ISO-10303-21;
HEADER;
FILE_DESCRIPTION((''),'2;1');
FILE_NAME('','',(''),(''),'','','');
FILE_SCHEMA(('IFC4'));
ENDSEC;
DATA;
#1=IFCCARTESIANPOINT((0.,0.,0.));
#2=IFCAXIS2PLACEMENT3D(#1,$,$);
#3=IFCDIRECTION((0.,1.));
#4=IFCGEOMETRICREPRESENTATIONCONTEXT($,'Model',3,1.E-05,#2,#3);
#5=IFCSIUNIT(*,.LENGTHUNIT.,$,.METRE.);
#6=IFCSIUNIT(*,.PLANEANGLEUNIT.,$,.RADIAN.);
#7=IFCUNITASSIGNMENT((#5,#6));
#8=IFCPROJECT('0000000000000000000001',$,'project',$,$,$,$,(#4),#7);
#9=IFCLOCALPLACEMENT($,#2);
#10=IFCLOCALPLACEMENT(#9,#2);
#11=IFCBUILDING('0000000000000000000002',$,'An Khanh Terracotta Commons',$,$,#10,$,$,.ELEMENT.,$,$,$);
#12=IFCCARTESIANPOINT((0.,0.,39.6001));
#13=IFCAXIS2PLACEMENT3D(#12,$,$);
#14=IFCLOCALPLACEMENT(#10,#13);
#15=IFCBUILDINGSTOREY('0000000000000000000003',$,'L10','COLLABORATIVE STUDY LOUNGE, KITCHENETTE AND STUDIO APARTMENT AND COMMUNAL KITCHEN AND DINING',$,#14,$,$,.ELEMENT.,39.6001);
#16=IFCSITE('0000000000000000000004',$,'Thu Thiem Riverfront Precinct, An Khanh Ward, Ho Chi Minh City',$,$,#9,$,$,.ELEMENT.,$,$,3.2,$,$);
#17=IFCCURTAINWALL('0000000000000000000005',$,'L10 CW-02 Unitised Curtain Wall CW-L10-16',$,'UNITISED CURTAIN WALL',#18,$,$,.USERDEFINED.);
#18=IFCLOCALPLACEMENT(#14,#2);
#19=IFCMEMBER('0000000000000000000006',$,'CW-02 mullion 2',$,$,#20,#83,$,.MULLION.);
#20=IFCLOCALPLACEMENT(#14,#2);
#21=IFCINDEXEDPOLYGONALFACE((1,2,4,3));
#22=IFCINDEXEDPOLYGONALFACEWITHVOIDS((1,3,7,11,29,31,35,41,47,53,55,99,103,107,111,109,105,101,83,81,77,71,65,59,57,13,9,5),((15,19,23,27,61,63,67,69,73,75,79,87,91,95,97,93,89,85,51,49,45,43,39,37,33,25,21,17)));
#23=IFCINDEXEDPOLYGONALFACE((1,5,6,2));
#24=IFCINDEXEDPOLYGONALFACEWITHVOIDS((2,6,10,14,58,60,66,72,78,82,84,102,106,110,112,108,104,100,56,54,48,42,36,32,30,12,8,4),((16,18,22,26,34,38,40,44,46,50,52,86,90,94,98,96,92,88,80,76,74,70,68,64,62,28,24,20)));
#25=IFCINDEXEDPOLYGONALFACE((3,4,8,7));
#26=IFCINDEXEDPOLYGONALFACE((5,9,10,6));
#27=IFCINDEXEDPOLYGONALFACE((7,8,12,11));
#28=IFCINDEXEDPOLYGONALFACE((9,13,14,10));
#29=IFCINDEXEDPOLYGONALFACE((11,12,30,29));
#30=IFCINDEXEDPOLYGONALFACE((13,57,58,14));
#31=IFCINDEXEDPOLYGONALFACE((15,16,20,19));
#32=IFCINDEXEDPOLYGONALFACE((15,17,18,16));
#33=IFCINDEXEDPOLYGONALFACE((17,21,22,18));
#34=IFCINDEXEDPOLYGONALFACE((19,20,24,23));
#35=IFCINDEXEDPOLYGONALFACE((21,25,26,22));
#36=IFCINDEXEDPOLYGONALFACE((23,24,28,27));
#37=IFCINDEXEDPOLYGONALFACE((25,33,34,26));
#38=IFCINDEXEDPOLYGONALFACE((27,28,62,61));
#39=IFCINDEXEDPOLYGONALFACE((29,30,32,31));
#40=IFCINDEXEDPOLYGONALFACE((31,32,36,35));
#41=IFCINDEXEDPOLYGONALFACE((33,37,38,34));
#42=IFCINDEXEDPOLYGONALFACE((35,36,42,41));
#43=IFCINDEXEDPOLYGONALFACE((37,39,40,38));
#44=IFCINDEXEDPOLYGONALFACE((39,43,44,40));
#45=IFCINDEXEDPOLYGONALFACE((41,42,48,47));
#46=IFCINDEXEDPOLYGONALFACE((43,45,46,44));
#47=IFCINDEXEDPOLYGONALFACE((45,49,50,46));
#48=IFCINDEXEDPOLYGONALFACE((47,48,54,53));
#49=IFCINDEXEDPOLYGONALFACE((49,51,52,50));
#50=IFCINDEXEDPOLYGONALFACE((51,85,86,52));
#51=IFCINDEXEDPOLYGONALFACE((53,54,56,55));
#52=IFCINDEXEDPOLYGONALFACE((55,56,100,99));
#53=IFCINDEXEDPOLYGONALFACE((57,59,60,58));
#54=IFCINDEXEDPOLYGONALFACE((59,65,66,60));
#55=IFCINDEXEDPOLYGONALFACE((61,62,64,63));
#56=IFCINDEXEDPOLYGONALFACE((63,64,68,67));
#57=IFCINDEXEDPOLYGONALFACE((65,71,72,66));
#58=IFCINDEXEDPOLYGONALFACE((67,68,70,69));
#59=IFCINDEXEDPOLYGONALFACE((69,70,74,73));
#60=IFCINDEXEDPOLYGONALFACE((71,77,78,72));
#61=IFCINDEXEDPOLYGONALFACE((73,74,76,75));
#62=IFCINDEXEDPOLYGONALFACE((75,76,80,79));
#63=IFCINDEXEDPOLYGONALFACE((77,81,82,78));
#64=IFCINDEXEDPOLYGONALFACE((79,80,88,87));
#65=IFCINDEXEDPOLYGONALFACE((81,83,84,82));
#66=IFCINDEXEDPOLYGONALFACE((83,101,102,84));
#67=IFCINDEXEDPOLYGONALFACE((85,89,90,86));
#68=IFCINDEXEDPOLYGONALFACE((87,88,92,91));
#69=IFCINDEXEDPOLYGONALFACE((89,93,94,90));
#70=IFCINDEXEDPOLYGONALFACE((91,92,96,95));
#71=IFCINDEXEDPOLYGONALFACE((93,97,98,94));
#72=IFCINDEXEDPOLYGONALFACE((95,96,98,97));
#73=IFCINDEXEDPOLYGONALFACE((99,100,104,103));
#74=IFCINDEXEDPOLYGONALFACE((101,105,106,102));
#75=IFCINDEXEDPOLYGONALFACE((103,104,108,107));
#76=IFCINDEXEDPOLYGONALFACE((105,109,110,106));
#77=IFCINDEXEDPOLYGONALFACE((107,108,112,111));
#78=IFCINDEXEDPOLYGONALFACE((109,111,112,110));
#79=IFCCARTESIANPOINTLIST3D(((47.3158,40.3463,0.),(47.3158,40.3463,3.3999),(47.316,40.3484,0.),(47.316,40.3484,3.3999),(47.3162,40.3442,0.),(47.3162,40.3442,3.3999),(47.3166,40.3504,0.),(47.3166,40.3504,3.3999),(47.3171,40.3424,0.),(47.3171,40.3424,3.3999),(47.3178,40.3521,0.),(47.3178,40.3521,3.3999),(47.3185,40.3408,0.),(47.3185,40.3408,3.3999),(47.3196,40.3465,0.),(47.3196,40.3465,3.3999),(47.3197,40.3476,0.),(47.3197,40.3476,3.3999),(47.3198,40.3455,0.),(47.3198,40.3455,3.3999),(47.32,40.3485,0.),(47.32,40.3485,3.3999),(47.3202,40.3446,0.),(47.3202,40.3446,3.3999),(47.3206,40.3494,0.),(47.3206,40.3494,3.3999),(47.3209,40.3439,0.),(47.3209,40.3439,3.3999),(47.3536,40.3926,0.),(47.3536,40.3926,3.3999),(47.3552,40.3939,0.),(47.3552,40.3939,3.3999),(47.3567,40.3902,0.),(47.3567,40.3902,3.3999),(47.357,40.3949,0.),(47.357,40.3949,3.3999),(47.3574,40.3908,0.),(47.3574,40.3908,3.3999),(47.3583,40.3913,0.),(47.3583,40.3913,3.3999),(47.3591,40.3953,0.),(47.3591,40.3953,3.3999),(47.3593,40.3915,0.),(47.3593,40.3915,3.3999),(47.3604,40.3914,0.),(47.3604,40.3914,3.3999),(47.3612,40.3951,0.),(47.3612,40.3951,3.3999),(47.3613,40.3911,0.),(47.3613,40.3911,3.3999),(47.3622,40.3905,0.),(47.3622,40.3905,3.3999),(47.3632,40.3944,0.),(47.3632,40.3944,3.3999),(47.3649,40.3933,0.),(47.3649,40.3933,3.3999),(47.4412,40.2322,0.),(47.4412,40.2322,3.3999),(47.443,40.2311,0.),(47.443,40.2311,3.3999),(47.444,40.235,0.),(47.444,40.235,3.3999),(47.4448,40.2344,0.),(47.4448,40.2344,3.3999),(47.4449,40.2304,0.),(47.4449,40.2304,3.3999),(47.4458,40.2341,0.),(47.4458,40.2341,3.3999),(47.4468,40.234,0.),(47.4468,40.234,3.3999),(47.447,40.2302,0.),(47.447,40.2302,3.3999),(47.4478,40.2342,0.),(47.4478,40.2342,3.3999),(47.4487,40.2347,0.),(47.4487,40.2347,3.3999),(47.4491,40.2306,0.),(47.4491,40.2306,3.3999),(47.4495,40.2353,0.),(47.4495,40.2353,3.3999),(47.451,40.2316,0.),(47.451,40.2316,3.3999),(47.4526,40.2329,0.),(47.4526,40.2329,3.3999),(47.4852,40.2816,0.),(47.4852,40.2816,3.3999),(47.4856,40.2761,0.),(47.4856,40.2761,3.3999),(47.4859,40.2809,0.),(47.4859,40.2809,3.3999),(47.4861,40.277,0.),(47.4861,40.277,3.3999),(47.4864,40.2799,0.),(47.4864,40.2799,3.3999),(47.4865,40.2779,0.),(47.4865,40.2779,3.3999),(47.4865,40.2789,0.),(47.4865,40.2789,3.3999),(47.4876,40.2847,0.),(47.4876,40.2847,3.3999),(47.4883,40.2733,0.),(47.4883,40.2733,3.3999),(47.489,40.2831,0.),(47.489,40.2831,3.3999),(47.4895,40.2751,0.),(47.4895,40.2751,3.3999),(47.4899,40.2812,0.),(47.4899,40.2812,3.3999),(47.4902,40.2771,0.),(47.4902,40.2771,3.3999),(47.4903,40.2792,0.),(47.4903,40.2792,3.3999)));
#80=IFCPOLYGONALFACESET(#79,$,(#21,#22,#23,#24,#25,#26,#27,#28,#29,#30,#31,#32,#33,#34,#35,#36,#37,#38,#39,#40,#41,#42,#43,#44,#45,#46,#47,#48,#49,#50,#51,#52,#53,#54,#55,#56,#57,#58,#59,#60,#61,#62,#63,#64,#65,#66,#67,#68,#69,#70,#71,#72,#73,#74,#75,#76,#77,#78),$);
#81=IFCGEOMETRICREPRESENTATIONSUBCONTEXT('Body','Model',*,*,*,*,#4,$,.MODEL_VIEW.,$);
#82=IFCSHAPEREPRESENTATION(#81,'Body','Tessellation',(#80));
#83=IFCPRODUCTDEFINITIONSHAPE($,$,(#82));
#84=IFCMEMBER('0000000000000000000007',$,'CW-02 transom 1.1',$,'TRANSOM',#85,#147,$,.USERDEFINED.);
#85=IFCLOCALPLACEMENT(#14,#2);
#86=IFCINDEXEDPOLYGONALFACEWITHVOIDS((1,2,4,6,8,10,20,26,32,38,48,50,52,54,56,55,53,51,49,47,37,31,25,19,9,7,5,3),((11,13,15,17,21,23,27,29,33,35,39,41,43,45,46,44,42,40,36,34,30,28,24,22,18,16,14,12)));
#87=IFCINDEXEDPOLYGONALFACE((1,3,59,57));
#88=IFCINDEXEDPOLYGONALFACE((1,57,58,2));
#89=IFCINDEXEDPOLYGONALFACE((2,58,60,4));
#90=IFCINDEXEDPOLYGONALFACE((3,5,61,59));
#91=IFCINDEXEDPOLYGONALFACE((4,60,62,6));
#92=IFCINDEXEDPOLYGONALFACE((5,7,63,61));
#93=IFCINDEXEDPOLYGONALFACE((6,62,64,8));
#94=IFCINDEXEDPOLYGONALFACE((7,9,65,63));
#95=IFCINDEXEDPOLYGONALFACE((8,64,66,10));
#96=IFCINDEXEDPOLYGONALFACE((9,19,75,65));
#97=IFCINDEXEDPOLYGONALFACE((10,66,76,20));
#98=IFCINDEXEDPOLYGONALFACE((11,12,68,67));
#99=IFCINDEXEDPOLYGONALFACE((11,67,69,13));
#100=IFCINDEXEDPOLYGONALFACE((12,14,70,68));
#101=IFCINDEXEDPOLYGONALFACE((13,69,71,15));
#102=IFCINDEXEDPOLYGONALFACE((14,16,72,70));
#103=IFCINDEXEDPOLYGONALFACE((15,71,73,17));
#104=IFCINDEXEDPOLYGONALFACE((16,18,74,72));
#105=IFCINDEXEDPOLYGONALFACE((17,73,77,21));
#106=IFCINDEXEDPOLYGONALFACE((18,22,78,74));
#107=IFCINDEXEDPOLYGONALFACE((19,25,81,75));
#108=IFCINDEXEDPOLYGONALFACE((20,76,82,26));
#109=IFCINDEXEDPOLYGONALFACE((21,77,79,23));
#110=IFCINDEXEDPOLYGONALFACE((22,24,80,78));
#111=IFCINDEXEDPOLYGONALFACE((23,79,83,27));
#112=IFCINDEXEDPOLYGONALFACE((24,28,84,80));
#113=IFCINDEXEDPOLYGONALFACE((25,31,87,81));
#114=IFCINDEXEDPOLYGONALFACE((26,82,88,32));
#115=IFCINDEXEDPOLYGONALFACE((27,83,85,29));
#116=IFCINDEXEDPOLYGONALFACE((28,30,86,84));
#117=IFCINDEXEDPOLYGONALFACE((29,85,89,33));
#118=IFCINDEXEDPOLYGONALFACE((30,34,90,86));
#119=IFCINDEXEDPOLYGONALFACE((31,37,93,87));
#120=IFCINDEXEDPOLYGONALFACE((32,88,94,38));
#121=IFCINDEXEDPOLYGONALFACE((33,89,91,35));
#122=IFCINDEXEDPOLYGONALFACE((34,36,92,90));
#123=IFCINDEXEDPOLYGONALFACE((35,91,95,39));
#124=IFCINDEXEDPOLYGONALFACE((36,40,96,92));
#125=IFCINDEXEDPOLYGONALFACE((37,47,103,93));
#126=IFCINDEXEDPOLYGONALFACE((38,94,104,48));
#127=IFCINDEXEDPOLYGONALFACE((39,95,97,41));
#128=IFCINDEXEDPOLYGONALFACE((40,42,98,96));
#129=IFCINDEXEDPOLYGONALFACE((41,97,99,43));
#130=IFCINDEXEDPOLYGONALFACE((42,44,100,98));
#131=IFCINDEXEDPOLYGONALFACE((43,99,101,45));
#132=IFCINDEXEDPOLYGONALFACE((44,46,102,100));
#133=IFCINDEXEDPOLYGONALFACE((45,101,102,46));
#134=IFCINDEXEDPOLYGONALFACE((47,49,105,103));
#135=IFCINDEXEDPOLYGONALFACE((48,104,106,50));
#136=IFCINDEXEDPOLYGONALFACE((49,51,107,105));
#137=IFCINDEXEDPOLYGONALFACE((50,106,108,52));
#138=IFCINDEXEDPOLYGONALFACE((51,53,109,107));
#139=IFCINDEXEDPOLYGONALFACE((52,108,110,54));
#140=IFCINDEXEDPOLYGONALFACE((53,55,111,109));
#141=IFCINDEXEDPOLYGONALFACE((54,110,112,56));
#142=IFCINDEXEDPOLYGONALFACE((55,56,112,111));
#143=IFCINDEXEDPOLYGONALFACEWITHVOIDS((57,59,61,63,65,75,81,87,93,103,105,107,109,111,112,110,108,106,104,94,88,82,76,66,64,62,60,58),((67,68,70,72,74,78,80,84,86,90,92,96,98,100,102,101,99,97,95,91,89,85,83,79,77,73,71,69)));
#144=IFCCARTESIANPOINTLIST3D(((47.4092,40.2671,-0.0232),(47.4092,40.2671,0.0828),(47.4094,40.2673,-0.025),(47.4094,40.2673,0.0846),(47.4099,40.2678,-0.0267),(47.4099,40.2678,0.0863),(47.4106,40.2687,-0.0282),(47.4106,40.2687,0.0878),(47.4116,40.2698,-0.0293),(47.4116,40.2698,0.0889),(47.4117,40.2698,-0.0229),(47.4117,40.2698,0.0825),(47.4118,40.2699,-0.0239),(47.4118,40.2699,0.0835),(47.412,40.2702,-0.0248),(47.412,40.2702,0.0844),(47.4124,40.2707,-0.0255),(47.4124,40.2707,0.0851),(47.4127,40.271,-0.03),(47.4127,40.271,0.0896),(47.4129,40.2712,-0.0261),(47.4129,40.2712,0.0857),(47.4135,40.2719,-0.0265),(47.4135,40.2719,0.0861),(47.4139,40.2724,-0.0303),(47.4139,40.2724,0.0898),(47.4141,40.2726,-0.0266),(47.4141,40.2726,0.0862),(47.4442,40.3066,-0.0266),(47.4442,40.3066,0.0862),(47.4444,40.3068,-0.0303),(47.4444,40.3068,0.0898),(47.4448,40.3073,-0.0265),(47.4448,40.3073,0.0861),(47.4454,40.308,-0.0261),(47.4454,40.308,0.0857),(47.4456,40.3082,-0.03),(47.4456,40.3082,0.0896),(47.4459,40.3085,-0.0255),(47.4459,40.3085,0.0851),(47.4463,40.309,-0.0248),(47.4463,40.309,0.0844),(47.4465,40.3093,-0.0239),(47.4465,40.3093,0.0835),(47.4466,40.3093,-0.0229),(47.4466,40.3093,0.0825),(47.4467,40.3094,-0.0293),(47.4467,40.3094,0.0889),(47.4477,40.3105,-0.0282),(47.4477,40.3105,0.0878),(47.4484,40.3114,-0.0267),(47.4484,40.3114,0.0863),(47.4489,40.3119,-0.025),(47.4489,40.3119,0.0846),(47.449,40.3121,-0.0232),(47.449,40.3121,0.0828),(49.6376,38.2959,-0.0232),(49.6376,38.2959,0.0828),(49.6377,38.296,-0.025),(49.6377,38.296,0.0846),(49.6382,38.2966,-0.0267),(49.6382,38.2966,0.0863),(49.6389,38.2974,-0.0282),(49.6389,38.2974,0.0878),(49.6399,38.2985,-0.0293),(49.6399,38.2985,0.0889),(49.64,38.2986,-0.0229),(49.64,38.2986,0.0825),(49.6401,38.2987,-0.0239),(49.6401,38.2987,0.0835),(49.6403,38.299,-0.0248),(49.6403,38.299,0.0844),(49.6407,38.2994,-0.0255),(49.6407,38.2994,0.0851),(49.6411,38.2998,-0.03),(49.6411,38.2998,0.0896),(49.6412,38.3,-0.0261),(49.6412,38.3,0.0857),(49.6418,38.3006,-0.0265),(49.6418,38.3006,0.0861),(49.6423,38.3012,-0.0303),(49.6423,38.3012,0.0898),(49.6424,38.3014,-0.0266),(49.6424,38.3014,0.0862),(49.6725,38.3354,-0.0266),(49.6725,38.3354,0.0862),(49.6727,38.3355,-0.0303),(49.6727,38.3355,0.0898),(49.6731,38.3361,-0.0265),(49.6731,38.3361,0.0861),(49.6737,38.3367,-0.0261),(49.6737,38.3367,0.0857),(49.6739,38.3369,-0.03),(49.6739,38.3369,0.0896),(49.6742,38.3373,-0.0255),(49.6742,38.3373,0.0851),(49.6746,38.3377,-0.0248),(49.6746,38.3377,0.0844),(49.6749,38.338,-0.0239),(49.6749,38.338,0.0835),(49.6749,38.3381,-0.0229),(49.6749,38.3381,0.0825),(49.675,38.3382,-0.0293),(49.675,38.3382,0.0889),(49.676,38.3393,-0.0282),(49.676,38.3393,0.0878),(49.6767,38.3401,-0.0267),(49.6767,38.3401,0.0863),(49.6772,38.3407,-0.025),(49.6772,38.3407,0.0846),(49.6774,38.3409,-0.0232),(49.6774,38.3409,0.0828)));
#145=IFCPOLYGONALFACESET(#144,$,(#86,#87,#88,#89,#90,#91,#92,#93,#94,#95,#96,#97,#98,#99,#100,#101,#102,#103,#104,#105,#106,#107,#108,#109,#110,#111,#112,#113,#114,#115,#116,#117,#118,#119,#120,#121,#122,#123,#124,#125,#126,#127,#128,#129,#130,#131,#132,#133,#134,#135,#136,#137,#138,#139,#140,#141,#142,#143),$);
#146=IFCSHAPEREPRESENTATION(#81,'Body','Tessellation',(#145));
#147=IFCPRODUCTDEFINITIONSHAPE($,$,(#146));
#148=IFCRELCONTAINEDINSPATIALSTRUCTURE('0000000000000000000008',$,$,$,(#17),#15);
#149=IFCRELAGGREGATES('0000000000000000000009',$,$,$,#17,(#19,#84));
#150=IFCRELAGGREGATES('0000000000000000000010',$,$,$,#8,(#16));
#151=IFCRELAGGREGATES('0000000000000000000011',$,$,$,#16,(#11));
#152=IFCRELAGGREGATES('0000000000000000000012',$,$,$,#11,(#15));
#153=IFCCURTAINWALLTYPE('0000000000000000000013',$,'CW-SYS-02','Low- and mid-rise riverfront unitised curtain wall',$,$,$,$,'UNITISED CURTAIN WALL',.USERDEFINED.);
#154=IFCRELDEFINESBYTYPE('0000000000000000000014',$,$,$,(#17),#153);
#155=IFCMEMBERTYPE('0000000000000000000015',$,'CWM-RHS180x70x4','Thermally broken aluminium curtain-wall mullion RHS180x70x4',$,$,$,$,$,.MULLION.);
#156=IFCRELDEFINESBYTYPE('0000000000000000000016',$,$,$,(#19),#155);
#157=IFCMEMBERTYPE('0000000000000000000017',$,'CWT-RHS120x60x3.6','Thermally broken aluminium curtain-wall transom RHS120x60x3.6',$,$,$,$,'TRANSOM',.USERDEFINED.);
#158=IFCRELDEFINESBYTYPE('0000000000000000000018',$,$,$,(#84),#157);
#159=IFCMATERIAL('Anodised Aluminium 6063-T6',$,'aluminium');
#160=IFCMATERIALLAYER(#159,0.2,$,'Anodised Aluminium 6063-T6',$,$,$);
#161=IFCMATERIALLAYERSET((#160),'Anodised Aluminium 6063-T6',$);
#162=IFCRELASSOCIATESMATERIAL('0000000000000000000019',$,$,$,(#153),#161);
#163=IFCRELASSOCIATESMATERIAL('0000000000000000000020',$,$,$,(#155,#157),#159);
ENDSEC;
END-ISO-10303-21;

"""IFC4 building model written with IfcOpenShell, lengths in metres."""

from ifc_helpers import new_model, si_unit, direction, frame, origin, origin_2d, place, context, subcontext, project, spatial, hollow_rectangle, extrude, material, layer, layer_set, material_profile, profile_set, type_object, element, aggregate, save


model = new_model("IFC4")

# Units and contexts
model_context = context("Model", 3, precision=1e-05, world=origin(), true_north=direction((0.0, 1.0)))
body_context = subcontext(model_context, "Body", "Model", "MODEL_VIEW")
ifc_project = project(units=[si_unit("LENGTHUNIT", "METRE"), si_unit("PLANEANGLEUNIT", "RADIAN")], contexts=[model_context])

# Site, building, storey
site_placement = place(None, origin())
site = spatial("IfcSite", under=ifc_project, at=site_placement, Name="Thu Thiem Riverfront Precinct, An Khanh Ward, Ho Chi Minh City", CompositionType="ELEMENT", RefElevation=3.2)
building_placement = place(site_placement, origin())
building = spatial("IfcBuilding", under=site, at=building_placement, Name="An Khanh Terracotta Commons", CompositionType="ELEMENT")
storey_placement = place(building_placement, frame((0.0, 0.0, 39.6001)))
storey = spatial("IfcBuildingStorey", under=building, at=storey_placement, Name="L10", Description="COLLABORATIVE STUDY LOUNGE, KITCHENETTE AND STUDIO APARTMENT AND COMMUNAL KITCHEN AND DINING", CompositionType="ELEMENT", Elevation=39.6001)

# Shared definitions
ifc_material_1 = material(Name="Anodised Aluminium 6063-T6", Category="aluminium")
ifc_layer_1 = layer(ifc_material_1, 0.2, Name="Anodised Aluminium 6063-T6")
ifc_layer_set_1 = layer_set([ifc_layer_1], Name="Anodised Aluminium 6063-T6")
curtain_wall_type = type_object("IfcCurtainWallType", Name="CW-SYS-02", Description="Low- and mid-rise riverfront unitised curtain wall", ElementType="UNITISED CURTAIN WALL", PredefinedType="USERDEFINED", material=ifc_layer_set_1)
ifc_material_profile_1 = material_profile(ifc_material_1, hollow_rectangle(XDim=0.0701, YDim=0.1799, WallThickness=0.0039, InnerFilletRadius=0.0039, OuterFilletRadius=0.0081, at=origin_2d()), Name="RHS180x70x4")
ifc_profile_set_1 = profile_set([ifc_material_profile_1], Name="Anodised Aluminium 6063-T6")
member_type_1 = type_object("IfcMemberType", Name="CWM-RHS180x70x4", Description="Thermally broken aluminium curtain-wall mullion RHS180x70x4", PredefinedType="MULLION", material=ifc_profile_set_1)

# Curtain wall, members
curtain_wall_1_placement = place(storey_placement, origin())
curtain_wall_1 = element("IfcCurtainWall", 1, at=curtain_wall_1_placement, inside=storey, type_object=curtain_wall_type, Name="L10 CW-02 Unitised Curtain Wall CW-L10-16", ObjectType="UNITISED CURTAIN WALL", PredefinedType="USERDEFINED")
member_1_placement = place(storey_placement, frame((47.4031, 40.3127, 0.0), z_axis=(0.0, 0.0, 1.0), x_axis=(-0.662548, -0.749019, 0.0)))
member_1 = element("IfcMember", 2, at=member_1_placement, type_object=member_type_1, Name="CW-02 mullion 2", PredefinedType="MULLION", context=body_context, shape_type="SweptSolid", body=[
    extrude(hollow_rectangle(XDim=0.0701, YDim=0.1799, WallThickness=0.0039, InnerFilletRadius=0.0039, OuterFilletRadius=0.0081, at=origin_2d()), origin(), (0.0, 0.0, 1.0), 3.3999),
])
ifc_material_profile_2 = material_profile(ifc_material_1, hollow_rectangle(XDim=0.0601, YDim=0.1201, WallThickness=0.0037, InnerFilletRadius=0.0037, OuterFilletRadius=0.0071, at=origin_2d()), Name="RHS120x60x3.6")
ifc_profile_set_2 = profile_set([ifc_material_profile_2], Name="Anodised Aluminium 6063-T6")
member_type_2 = type_object("IfcMemberType", Name="CWT-RHS120x60x3.6", Description="Thermally broken aluminium curtain-wall transom RHS120x60x3.6", ElementType="TRANSOM", PredefinedType="USERDEFINED", material=ifc_profile_set_2)
member_2_placement = place(storey_placement, frame((49.6575, 38.3184, 0.0298), z_axis=(-0.748992, 0.662579, 0.0), x_axis=(-0.662579, -0.748992, 0.0)))
member_2 = element("IfcMember", 3, at=member_2_placement, type_object=member_type_2, Name="CW-02 transom 1.1", ObjectType="TRANSOM", PredefinedType="USERDEFINED", context=body_context, shape_type="SweptSolid", body=[
    extrude(hollow_rectangle(XDim=0.0601, YDim=0.1201, WallThickness=0.0037, InnerFilletRadius=0.0037, OuterFilletRadius=0.0071, at=origin_2d()), origin(), (0.0, 0.0, 1.0), 2.9751),
])
aggregate(curtain_wall_1, [member_1, member_2])

save(model, "model.ifc")
